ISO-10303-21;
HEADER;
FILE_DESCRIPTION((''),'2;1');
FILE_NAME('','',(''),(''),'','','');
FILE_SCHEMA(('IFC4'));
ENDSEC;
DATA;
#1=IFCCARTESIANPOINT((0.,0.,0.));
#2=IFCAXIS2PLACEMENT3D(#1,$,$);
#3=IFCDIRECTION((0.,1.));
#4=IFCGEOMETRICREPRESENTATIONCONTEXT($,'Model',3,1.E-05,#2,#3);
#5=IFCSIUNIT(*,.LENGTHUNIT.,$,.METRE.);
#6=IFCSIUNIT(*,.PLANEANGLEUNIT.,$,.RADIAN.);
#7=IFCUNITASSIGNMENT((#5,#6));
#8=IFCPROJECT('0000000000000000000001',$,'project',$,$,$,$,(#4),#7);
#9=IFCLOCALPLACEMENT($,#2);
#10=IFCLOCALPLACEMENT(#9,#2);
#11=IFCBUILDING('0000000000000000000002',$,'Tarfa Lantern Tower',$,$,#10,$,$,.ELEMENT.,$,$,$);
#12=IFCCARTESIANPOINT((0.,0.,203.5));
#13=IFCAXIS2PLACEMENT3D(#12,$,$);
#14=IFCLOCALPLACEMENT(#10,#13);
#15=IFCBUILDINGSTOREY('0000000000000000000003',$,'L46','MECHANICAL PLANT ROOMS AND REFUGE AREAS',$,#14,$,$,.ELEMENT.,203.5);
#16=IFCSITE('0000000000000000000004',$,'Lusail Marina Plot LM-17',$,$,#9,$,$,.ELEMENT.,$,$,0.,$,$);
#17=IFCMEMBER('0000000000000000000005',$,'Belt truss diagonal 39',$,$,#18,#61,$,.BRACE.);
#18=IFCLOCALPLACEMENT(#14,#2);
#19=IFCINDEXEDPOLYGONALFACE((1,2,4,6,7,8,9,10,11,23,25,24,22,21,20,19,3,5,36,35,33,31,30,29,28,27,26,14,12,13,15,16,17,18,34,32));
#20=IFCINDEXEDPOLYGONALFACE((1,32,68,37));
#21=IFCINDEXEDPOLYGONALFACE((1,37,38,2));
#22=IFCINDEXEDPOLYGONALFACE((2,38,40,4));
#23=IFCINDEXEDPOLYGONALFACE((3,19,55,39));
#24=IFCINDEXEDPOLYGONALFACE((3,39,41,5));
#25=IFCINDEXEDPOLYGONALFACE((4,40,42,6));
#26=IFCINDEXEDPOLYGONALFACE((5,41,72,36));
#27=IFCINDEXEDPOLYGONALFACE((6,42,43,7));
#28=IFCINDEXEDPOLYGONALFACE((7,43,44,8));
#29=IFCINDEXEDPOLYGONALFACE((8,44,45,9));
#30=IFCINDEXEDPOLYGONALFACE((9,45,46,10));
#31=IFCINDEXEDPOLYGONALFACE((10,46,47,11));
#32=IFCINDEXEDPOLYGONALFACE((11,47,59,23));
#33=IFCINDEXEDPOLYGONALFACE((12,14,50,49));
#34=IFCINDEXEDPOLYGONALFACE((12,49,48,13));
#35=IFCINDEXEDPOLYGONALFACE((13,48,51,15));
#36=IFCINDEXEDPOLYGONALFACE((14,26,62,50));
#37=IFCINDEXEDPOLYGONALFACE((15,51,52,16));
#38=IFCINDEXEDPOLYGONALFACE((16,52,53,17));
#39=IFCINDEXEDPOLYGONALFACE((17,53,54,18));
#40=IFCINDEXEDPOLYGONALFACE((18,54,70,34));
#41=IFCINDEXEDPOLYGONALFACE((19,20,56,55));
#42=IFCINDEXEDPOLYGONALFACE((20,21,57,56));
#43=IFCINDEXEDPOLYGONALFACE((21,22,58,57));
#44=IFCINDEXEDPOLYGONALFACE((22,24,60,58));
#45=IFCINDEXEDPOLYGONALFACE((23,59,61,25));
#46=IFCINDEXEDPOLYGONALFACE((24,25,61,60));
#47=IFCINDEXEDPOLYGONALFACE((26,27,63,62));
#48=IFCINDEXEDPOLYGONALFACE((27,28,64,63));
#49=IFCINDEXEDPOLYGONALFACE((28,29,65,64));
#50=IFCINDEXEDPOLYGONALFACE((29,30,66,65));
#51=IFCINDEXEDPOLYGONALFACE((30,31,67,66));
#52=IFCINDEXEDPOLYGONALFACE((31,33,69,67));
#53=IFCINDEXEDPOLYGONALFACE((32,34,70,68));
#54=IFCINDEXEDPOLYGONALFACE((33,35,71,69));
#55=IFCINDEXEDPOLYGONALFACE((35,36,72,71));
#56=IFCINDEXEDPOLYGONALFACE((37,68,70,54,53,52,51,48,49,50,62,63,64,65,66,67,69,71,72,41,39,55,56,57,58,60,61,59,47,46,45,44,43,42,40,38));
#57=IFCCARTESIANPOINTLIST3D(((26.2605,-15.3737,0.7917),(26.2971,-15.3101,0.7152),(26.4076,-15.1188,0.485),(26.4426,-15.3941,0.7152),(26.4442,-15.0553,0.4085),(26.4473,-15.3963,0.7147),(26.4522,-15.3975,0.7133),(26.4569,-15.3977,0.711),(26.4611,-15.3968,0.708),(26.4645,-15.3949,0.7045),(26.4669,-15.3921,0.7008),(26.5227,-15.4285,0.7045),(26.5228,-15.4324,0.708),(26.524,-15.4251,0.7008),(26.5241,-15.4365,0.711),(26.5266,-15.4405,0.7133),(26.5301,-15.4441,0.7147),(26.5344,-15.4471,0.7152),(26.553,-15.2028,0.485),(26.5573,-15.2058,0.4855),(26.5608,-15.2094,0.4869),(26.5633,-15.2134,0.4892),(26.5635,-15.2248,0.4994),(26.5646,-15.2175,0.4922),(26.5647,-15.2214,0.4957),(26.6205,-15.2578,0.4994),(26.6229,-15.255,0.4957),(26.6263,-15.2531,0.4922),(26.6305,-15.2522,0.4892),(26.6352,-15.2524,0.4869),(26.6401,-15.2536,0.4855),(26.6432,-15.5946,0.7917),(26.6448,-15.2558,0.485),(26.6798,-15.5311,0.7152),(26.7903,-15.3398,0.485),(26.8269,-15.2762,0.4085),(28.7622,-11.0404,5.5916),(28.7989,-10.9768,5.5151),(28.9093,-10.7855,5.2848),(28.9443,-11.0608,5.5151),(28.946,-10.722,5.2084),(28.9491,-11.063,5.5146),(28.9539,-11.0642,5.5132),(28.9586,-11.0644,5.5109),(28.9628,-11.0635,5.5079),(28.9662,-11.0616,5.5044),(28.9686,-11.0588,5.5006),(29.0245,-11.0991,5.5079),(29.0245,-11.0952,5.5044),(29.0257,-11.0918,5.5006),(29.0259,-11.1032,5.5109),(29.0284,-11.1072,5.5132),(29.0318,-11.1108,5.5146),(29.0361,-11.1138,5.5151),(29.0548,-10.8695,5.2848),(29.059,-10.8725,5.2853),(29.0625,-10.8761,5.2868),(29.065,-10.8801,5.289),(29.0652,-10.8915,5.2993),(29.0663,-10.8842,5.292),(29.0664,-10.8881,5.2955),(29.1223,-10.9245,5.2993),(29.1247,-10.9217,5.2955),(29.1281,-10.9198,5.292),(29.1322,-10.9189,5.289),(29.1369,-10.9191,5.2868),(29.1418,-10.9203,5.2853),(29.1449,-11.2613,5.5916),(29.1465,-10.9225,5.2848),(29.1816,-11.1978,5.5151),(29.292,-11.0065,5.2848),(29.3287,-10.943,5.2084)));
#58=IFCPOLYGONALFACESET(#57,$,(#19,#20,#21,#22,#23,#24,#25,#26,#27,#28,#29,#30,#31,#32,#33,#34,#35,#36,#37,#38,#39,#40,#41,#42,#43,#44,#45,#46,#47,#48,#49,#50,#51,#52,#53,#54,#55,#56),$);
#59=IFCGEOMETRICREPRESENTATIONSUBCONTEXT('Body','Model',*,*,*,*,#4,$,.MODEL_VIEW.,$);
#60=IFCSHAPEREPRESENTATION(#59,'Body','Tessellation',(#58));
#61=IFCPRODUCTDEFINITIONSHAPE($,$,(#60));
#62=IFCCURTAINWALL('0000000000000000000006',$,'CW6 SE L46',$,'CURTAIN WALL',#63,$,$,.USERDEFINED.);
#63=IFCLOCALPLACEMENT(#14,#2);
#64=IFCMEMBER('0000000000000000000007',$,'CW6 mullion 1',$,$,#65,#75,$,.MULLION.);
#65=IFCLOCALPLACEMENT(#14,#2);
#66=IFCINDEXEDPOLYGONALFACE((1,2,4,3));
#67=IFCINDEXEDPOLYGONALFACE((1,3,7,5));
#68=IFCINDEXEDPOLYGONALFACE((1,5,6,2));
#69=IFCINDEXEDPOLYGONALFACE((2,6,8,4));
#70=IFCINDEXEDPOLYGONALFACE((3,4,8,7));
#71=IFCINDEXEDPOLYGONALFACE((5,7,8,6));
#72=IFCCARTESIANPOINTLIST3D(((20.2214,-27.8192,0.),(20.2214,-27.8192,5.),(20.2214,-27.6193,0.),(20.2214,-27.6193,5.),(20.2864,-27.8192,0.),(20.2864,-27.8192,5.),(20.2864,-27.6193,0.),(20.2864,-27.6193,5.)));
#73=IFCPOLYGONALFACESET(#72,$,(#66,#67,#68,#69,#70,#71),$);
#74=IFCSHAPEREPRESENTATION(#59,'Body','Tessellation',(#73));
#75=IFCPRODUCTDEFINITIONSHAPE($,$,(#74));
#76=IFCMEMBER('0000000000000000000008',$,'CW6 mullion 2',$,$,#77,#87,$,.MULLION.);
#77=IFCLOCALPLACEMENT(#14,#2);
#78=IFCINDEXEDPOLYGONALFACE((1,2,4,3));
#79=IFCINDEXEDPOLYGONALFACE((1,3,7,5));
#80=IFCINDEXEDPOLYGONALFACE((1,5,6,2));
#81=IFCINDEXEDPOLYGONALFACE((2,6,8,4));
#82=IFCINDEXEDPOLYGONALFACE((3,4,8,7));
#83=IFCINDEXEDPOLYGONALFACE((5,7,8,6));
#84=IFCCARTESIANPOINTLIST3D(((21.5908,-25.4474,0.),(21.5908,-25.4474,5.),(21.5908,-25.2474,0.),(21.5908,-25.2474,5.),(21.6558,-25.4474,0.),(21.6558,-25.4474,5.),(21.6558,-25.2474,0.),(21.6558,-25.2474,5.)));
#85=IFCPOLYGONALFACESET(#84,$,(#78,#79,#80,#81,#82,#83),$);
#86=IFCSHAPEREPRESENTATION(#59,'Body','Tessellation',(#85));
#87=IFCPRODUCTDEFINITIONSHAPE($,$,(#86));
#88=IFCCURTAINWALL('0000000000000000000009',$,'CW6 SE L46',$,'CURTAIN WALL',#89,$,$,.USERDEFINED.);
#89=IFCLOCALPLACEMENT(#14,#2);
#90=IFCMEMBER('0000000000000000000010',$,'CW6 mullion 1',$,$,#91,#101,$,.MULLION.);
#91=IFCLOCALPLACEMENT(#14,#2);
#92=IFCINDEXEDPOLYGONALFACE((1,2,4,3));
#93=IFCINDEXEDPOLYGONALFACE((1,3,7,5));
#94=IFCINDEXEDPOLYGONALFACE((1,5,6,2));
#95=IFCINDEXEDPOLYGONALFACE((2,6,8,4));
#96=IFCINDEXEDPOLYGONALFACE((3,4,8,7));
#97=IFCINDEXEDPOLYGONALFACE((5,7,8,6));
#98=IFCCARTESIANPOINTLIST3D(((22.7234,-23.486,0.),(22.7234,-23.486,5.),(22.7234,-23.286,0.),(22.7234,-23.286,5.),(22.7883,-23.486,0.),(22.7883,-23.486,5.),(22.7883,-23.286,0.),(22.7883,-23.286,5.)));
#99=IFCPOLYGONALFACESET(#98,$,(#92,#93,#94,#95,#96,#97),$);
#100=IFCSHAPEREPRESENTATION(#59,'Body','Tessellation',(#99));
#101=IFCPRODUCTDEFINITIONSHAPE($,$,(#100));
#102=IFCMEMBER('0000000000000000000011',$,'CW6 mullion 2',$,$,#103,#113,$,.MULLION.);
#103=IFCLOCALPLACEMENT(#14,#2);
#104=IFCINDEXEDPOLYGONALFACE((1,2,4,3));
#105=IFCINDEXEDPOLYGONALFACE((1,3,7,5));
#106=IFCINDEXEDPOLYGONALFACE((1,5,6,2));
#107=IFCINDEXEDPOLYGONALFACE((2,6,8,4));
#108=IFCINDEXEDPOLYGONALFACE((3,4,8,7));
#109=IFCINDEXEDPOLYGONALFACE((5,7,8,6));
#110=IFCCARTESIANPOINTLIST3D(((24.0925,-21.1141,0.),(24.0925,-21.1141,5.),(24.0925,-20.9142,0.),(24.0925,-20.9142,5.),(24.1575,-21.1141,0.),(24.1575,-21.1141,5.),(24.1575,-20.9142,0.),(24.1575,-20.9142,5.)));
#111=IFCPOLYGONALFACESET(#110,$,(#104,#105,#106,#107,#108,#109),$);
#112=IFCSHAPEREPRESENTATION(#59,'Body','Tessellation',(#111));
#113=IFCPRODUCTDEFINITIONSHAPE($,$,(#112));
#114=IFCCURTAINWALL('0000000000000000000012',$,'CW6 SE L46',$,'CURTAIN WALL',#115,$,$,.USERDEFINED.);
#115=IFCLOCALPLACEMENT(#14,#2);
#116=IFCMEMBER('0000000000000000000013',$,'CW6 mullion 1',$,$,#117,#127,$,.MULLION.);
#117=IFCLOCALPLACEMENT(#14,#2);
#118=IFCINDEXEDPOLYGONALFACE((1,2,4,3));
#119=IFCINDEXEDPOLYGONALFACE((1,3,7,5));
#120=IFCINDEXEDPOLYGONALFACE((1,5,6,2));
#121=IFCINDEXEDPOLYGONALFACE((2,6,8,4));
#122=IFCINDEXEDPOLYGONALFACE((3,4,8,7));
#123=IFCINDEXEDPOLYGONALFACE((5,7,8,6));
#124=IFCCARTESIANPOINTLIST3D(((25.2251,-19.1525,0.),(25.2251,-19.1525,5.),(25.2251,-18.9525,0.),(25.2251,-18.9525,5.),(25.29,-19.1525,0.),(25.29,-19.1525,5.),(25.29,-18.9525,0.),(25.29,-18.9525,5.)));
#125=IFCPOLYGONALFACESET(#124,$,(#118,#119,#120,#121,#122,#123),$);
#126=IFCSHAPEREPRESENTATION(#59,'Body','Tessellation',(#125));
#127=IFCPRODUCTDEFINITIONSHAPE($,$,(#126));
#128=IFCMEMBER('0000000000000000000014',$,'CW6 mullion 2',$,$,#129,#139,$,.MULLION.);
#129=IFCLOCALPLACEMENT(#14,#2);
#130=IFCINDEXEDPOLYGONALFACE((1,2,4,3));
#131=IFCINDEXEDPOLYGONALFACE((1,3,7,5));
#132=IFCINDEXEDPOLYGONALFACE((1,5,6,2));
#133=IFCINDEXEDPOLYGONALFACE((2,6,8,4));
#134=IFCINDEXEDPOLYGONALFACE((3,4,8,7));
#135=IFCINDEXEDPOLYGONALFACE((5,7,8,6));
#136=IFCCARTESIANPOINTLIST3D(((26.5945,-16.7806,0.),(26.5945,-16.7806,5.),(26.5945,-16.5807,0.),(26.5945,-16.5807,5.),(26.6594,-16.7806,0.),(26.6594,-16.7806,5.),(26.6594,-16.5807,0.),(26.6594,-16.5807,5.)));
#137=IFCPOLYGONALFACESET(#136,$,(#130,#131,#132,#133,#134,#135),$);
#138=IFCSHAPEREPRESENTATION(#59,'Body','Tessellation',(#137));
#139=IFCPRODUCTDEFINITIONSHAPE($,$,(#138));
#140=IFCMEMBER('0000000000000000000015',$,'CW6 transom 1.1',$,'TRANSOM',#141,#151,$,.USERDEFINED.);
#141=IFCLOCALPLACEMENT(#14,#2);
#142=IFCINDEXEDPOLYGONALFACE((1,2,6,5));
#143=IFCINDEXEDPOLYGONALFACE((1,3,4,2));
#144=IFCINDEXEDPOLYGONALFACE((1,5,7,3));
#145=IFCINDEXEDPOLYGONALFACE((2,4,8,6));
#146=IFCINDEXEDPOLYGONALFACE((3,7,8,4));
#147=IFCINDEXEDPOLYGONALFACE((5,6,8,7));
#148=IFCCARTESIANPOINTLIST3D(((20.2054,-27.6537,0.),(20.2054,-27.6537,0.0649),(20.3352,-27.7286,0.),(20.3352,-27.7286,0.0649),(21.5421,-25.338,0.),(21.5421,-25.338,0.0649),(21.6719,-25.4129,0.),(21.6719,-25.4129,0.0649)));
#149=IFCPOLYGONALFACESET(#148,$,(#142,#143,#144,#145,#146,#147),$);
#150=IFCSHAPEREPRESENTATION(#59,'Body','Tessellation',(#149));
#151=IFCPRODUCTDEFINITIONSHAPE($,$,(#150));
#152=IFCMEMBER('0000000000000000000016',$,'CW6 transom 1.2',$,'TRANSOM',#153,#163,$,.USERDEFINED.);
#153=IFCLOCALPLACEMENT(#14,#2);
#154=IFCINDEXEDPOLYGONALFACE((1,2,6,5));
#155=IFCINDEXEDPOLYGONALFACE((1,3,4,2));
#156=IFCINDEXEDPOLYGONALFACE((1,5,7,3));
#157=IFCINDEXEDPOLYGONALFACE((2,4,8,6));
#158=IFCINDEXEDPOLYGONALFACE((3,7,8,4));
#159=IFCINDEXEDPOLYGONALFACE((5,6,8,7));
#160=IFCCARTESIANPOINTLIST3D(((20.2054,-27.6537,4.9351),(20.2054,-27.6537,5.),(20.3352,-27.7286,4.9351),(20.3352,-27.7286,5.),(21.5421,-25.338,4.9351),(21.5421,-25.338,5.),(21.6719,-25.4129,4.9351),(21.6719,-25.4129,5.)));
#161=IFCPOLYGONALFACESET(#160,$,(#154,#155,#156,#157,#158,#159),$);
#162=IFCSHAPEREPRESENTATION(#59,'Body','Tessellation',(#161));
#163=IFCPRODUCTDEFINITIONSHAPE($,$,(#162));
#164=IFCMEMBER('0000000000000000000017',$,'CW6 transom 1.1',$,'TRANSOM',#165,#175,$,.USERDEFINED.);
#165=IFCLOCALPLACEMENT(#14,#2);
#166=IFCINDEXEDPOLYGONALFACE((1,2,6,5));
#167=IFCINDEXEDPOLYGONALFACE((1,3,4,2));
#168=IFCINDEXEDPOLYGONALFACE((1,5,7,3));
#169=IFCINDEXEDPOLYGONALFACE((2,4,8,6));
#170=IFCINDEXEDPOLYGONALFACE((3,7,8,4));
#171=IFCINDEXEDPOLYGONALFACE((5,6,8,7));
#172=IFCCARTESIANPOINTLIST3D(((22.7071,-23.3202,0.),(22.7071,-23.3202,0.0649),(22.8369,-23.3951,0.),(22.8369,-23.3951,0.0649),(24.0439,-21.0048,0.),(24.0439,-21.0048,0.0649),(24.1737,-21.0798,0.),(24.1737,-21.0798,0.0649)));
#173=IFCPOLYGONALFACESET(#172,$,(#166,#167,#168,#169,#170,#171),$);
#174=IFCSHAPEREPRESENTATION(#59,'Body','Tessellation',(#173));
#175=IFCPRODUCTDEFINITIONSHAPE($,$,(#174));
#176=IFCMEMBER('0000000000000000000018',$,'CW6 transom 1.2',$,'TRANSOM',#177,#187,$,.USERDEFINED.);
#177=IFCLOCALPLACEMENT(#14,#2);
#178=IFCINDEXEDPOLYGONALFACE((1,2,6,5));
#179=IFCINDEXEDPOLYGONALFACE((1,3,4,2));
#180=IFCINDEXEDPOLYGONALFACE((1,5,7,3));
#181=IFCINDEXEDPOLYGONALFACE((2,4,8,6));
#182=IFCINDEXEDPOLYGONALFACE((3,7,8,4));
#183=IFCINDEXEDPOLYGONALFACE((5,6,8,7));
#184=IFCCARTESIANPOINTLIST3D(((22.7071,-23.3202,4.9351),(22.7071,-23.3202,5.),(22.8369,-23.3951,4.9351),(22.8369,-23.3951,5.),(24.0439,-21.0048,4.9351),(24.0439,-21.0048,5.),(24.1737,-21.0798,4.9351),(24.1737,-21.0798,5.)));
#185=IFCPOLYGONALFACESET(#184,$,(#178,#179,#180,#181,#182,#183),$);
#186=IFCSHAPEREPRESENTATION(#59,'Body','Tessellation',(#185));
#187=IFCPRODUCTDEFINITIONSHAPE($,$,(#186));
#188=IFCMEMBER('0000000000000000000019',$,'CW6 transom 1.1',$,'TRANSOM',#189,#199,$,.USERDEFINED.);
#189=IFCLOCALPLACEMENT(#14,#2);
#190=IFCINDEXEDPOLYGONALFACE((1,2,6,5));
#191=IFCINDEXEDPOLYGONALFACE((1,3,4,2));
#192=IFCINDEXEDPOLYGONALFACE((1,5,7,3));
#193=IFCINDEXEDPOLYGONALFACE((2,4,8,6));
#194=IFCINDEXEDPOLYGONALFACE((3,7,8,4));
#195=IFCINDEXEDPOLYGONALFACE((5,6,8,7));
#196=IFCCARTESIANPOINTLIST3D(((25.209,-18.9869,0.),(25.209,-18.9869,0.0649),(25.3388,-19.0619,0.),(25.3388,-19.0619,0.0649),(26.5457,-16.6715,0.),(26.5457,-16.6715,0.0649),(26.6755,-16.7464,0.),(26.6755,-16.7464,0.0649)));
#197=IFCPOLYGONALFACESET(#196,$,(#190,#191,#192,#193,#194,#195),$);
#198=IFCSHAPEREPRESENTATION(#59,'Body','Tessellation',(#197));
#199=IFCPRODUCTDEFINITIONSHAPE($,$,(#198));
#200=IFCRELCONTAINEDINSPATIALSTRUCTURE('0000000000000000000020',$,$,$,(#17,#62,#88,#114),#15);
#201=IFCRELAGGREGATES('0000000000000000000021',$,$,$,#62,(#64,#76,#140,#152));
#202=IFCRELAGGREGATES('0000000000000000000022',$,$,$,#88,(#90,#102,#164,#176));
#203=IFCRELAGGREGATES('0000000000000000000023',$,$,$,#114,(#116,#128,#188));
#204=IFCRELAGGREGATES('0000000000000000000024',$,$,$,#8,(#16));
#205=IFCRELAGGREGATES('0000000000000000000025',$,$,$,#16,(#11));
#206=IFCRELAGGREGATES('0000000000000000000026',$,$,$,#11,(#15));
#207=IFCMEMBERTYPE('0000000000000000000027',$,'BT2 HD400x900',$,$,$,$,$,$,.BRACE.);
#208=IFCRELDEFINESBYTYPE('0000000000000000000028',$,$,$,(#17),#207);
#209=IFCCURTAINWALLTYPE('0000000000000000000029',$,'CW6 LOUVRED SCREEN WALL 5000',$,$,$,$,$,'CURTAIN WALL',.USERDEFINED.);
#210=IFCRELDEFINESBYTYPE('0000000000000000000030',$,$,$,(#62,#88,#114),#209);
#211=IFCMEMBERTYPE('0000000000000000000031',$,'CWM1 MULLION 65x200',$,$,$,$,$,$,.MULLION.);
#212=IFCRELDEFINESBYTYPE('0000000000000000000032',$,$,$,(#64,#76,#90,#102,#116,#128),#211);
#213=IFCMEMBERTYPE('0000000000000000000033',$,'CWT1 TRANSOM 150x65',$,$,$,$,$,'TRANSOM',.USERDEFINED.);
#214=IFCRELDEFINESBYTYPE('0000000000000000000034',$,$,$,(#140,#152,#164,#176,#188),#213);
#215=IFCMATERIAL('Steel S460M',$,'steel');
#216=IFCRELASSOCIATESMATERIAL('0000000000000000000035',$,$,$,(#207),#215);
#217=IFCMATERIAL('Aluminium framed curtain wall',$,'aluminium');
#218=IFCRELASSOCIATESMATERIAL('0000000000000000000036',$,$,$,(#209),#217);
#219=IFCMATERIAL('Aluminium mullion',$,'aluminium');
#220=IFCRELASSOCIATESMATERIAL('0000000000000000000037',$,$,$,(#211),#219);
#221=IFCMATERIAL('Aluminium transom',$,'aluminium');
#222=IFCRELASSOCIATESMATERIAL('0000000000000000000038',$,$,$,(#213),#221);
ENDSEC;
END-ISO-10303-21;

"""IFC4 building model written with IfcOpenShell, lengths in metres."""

from ifc_helpers import new_model, si_unit, direction, frame, origin, origin_2d, place, context, subcontext, project, spatial, rectangle, i_section, extrude, material, material_profile, profile_set, type_object, element, aggregate, save


model = new_model("IFC4")

# Units and contexts
model_context = context("Model", 3, precision=1e-05, world=origin(), true_north=direction((0.0, 1.0)))
body_context = subcontext(model_context, "Body", "Model", "MODEL_VIEW")
ifc_project = project(units=[si_unit("LENGTHUNIT", "METRE"), si_unit("PLANEANGLEUNIT", "RADIAN")], contexts=[model_context])

# Site, building, storey
site_placement = place(None, origin())
site = spatial("IfcSite", under=ifc_project, at=site_placement, Name="Lusail Marina Plot LM-17", CompositionType="ELEMENT", RefElevation=0.0)
building_placement = place(site_placement, origin())
building = spatial("IfcBuilding", under=site, at=building_placement, Name="Tarfa Lantern Tower", CompositionType="ELEMENT")
storey_placement = place(building_placement, frame((0.0, 0.0, 203.5)))
storey = spatial("IfcBuildingStorey", under=building, at=storey_placement, Name="L46", Description="MECHANICAL PLANT ROOMS AND REFUGE AREAS", CompositionType="ELEMENT", Elevation=203.5)

# Member
ifc_material_1 = material(Name="Steel S460M", Category="steel")
ifc_material_profile_1 = material_profile(ifc_material_1, i_section(OverallWidth=0.4419, OverallDepth=0.531, WebThickness=0.0659, FlangeThickness=0.106, FilletRadius=0.02, at=origin_2d()), Name="HD400x900")
ifc_profile_set_1 = profile_set([ifc_material_profile_1], Name="Steel S460M")
member_type_1 = type_object("IfcMemberType", Name="BT2 HD400x900", PredefinedType="BRACE", material=ifc_profile_set_1)
member_1_placement = place(storey_placement, frame((26.5437, -15.325, 0.6001), z_axis=(0.360814, 0.624971, 0.692261), x_axis=(-0.866034, 0.499986, 0.0)))
element("IfcMember", 1, at=member_1_placement, inside=storey, type_object=member_type_1, Name="Belt truss diagonal 39", PredefinedType="BRACE", context=body_context, shape_type="SweptSolid", body=[
    extrude(i_section(OverallWidth=0.4419, OverallDepth=0.531, WebThickness=0.0659, FlangeThickness=0.106, FilletRadius=0.02, at=origin_2d()), origin(), (0.0, 0.0, 1.0), 6.9336),
])

# Curtain walls, members
ifc_material_2 = material(Name="Aluminium framed curtain wall", Category="aluminium")
curtain_wall_type = type_object("IfcCurtainWallType", Name="CW6 LOUVRED SCREEN WALL 5000", ElementType="CURTAIN WALL", PredefinedType="USERDEFINED", material=ifc_material_2)
curtain_wall_1_placement = place(storey_placement, origin())
curtain_wall_1 = element("IfcCurtainWall", 2, at=curtain_wall_1_placement, inside=storey, type_object=curtain_wall_type, Name="CW6 SE L46", ObjectType="CURTAIN WALL", PredefinedType="USERDEFINED")
ifc_material_3 = material(Name="Aluminium mullion", Category="aluminium")
ifc_material_profile_2 = material_profile(ifc_material_3, rectangle(XDim=0.0649, YDim=0.2, at=origin_2d()), Name="AL MULLION 65x200")
ifc_profile_set_2 = profile_set([ifc_material_profile_2], Name="Aluminium mullion")
member_type_2 = type_object("IfcMemberType", Name="CWM1 MULLION 65x200", PredefinedType="MULLION", material=ifc_profile_set_2)
member_2_placement = place(storey_placement, frame((20.2539, -27.7192, 0.0), z_axis=(0.0, 0.0, 1.0), x_axis=(1.0, 0.0, 0.0)))
member_2 = element("IfcMember", 3, at=member_2_placement, type_object=member_type_2, Name="CW6 mullion 1", PredefinedType="MULLION", context=body_context, shape_type="SweptSolid", body=[
    extrude(rectangle(XDim=0.0649, YDim=0.2, at=origin_2d()), origin(), (0.0, 0.0, 1.0), 5.0),
])
member_3_placement = place(storey_placement, frame((21.6233, -25.3474, 0.0), z_axis=(0.0, 0.0, 1.0), x_axis=(1.0, 0.0, 0.0)))
member_3 = element("IfcMember", 4, at=member_3_placement, type_object=member_type_2, Name="CW6 mullion 2", PredefinedType="MULLION", context=body_context, shape_type="SweptSolid", body=[
    extrude(rectangle(XDim=0.0649, YDim=0.2, at=origin_2d()), origin(), (0.0, 0.0, 1.0), 5.0),
])
curtain_wall_2_placement = place(storey_placement, origin())
curtain_wall_2 = element("IfcCurtainWall", 5, at=curtain_wall_2_placement, inside=storey, type_object=curtain_wall_type, Name="CW6 SE L46", ObjectType="CURTAIN WALL", PredefinedType="USERDEFINED")
member_4_placement = place(storey_placement, frame((22.7559, -23.386, 0.0), z_axis=(0.0, 0.0, 1.0), x_axis=(1.0, 0.0, 0.0)))
member_4 = element("IfcMember", 6, at=member_4_placement, type_object=member_type_2, Name="CW6 mullion 1", PredefinedType="MULLION", context=body_context, shape_type="SweptSolid", body=[
    extrude(rectangle(XDim=0.0649, YDim=0.2, at=origin_2d()), origin(), (0.0, 0.0, 1.0), 5.0),
])
member_5_placement = place(storey_placement, frame((24.125, -21.0142, 0.0), z_axis=(0.0, 0.0, 1.0), x_axis=(1.0, 0.0, 0.0)))
member_5 = element("IfcMember", 7, at=member_5_placement, type_object=member_type_2, Name="CW6 mullion 2", PredefinedType="MULLION", context=body_context, shape_type="SweptSolid", body=[
    extrude(rectangle(XDim=0.0649, YDim=0.2, at=origin_2d()), origin(), (0.0, 0.0, 1.0), 5.0),
])
curtain_wall_3_placement = place(storey_placement, origin())
curtain_wall_3 = element("IfcCurtainWall", 8, at=curtain_wall_3_placement, inside=storey, type_object=curtain_wall_type, Name="CW6 SE L46", ObjectType="CURTAIN WALL", PredefinedType="USERDEFINED")
member_6_placement = place(storey_placement, frame((25.2576, -19.0525, 0.0), z_axis=(0.0, 0.0, 1.0), x_axis=(1.0, 0.0, 0.0)))
member_6 = element("IfcMember", 9, at=member_6_placement, type_object=member_type_2, Name="CW6 mullion 1", PredefinedType="MULLION", context=body_context, shape_type="SweptSolid", body=[
    extrude(rectangle(XDim=0.0649, YDim=0.2, at=origin_2d()), origin(), (0.0, 0.0, 1.0), 5.0),
])
member_7_placement = place(storey_placement, frame((26.627, -16.6807, 0.0), z_axis=(0.0, 0.0, 1.0), x_axis=(1.0, 0.0, 0.0)))
member_7 = element("IfcMember", 10, at=member_7_placement, type_object=member_type_2, Name="CW6 mullion 2", PredefinedType="MULLION", context=body_context, shape_type="SweptSolid", body=[
    extrude(rectangle(XDim=0.0649, YDim=0.2, at=origin_2d()), origin(), (0.0, 0.0, 1.0), 5.0),
])

# Members
ifc_material_4 = material(Name="Aluminium transom", Category="aluminium")
ifc_material_profile_3 = material_profile(ifc_material_4, rectangle(XDim=0.1499, YDim=0.0649, at=origin_2d()), Name="AL TRANSOM 150x65")
ifc_profile_set_3 = profile_set([ifc_material_profile_3], Name="Aluminium transom")
member_type_3 = type_object("IfcMemberType", Name="CWT1 TRANSOM 150x65", ElementType="TRANSOM", PredefinedType="USERDEFINED", material=ifc_profile_set_3)
member_8_placement = place(storey_placement, frame((20.2703, -27.6912, 0.0325), z_axis=(0.49992, 0.866072, 0.0), x_axis=(-0.866072, 0.49992, 0.0)))
member_8 = element("IfcMember", 11, at=member_8_placement, type_object=member_type_3, Name="CW6 transom 1.1", ObjectType="TRANSOM", PredefinedType="USERDEFINED", context=body_context, shape_type="SweptSolid", body=[
    extrude(rectangle(XDim=0.1499, YDim=0.0649, at=origin_2d()), origin(), (0.0, 0.0, 1.0), 2.6738),
])
member_9_placement = place(storey_placement, frame((20.2703, -27.6912, 4.9675), z_axis=(0.49992, 0.866072, 0.0), x_axis=(-0.866072, 0.49992, 0.0)))
member_9 = element("IfcMember", 12, at=member_9_placement, type_object=member_type_3, Name="CW6 transom 1.2", ObjectType="TRANSOM", PredefinedType="USERDEFINED", context=body_context, shape_type="SweptSolid", body=[
    extrude(rectangle(XDim=0.1499, YDim=0.0649, at=origin_2d()), origin(), (0.0, 0.0, 1.0), 2.6738),
])
member_10_placement = place(storey_placement, frame((22.772, -23.3577, 0.0325), z_axis=(0.500028, 0.866009, 0.0), x_axis=(-0.866009, 0.500028, 0.0)))
member_10 = element("IfcMember", 13, at=member_10_placement, type_object=member_type_3, Name="CW6 transom 1.1", ObjectType="TRANSOM", PredefinedType="USERDEFINED", context=body_context, shape_type="SweptSolid", body=[
    extrude(rectangle(XDim=0.1499, YDim=0.0649, at=origin_2d()), origin(), (0.0, 0.0, 1.0), 2.6736),
])
member_11_placement = place(storey_placement, frame((22.772, -23.3577, 4.9675), z_axis=(0.500028, 0.866009, 0.0), x_axis=(-0.866009, 0.500028, 0.0)))
member_11 = element("IfcMember", 14, at=member_11_placement, type_object=member_type_3, Name="CW6 transom 1.2", ObjectType="TRANSOM", PredefinedType="USERDEFINED", context=body_context, shape_type="SweptSolid", body=[
    extrude(rectangle(XDim=0.1499, YDim=0.0649, at=origin_2d()), origin(), (0.0, 0.0, 1.0), 2.6736),
])
member_12_placement = place(storey_placement, frame((25.2739, -19.0244, 0.0325), z_axis=(0.49996, 0.866049, 0.0), x_axis=(-0.866049, 0.49996, 0.0)))
member_12 = element("IfcMember", 15, at=member_12_placement, type_object=member_type_3, Name="CW6 transom 1.1", ObjectType="TRANSOM", PredefinedType="USERDEFINED", context=body_context, shape_type="SweptSolid", body=[
    extrude(rectangle(XDim=0.1499, YDim=0.0649, at=origin_2d()), origin(), (0.0, 0.0, 1.0), 2.6736),
])

aggregate(curtain_wall_1, [member_2, member_3, member_8, member_9])
aggregate(curtain_wall_2, [member_4, member_5, member_10, member_11])
aggregate(curtain_wall_3, [member_6, member_7, member_12])

save(model, "model.ifc")
